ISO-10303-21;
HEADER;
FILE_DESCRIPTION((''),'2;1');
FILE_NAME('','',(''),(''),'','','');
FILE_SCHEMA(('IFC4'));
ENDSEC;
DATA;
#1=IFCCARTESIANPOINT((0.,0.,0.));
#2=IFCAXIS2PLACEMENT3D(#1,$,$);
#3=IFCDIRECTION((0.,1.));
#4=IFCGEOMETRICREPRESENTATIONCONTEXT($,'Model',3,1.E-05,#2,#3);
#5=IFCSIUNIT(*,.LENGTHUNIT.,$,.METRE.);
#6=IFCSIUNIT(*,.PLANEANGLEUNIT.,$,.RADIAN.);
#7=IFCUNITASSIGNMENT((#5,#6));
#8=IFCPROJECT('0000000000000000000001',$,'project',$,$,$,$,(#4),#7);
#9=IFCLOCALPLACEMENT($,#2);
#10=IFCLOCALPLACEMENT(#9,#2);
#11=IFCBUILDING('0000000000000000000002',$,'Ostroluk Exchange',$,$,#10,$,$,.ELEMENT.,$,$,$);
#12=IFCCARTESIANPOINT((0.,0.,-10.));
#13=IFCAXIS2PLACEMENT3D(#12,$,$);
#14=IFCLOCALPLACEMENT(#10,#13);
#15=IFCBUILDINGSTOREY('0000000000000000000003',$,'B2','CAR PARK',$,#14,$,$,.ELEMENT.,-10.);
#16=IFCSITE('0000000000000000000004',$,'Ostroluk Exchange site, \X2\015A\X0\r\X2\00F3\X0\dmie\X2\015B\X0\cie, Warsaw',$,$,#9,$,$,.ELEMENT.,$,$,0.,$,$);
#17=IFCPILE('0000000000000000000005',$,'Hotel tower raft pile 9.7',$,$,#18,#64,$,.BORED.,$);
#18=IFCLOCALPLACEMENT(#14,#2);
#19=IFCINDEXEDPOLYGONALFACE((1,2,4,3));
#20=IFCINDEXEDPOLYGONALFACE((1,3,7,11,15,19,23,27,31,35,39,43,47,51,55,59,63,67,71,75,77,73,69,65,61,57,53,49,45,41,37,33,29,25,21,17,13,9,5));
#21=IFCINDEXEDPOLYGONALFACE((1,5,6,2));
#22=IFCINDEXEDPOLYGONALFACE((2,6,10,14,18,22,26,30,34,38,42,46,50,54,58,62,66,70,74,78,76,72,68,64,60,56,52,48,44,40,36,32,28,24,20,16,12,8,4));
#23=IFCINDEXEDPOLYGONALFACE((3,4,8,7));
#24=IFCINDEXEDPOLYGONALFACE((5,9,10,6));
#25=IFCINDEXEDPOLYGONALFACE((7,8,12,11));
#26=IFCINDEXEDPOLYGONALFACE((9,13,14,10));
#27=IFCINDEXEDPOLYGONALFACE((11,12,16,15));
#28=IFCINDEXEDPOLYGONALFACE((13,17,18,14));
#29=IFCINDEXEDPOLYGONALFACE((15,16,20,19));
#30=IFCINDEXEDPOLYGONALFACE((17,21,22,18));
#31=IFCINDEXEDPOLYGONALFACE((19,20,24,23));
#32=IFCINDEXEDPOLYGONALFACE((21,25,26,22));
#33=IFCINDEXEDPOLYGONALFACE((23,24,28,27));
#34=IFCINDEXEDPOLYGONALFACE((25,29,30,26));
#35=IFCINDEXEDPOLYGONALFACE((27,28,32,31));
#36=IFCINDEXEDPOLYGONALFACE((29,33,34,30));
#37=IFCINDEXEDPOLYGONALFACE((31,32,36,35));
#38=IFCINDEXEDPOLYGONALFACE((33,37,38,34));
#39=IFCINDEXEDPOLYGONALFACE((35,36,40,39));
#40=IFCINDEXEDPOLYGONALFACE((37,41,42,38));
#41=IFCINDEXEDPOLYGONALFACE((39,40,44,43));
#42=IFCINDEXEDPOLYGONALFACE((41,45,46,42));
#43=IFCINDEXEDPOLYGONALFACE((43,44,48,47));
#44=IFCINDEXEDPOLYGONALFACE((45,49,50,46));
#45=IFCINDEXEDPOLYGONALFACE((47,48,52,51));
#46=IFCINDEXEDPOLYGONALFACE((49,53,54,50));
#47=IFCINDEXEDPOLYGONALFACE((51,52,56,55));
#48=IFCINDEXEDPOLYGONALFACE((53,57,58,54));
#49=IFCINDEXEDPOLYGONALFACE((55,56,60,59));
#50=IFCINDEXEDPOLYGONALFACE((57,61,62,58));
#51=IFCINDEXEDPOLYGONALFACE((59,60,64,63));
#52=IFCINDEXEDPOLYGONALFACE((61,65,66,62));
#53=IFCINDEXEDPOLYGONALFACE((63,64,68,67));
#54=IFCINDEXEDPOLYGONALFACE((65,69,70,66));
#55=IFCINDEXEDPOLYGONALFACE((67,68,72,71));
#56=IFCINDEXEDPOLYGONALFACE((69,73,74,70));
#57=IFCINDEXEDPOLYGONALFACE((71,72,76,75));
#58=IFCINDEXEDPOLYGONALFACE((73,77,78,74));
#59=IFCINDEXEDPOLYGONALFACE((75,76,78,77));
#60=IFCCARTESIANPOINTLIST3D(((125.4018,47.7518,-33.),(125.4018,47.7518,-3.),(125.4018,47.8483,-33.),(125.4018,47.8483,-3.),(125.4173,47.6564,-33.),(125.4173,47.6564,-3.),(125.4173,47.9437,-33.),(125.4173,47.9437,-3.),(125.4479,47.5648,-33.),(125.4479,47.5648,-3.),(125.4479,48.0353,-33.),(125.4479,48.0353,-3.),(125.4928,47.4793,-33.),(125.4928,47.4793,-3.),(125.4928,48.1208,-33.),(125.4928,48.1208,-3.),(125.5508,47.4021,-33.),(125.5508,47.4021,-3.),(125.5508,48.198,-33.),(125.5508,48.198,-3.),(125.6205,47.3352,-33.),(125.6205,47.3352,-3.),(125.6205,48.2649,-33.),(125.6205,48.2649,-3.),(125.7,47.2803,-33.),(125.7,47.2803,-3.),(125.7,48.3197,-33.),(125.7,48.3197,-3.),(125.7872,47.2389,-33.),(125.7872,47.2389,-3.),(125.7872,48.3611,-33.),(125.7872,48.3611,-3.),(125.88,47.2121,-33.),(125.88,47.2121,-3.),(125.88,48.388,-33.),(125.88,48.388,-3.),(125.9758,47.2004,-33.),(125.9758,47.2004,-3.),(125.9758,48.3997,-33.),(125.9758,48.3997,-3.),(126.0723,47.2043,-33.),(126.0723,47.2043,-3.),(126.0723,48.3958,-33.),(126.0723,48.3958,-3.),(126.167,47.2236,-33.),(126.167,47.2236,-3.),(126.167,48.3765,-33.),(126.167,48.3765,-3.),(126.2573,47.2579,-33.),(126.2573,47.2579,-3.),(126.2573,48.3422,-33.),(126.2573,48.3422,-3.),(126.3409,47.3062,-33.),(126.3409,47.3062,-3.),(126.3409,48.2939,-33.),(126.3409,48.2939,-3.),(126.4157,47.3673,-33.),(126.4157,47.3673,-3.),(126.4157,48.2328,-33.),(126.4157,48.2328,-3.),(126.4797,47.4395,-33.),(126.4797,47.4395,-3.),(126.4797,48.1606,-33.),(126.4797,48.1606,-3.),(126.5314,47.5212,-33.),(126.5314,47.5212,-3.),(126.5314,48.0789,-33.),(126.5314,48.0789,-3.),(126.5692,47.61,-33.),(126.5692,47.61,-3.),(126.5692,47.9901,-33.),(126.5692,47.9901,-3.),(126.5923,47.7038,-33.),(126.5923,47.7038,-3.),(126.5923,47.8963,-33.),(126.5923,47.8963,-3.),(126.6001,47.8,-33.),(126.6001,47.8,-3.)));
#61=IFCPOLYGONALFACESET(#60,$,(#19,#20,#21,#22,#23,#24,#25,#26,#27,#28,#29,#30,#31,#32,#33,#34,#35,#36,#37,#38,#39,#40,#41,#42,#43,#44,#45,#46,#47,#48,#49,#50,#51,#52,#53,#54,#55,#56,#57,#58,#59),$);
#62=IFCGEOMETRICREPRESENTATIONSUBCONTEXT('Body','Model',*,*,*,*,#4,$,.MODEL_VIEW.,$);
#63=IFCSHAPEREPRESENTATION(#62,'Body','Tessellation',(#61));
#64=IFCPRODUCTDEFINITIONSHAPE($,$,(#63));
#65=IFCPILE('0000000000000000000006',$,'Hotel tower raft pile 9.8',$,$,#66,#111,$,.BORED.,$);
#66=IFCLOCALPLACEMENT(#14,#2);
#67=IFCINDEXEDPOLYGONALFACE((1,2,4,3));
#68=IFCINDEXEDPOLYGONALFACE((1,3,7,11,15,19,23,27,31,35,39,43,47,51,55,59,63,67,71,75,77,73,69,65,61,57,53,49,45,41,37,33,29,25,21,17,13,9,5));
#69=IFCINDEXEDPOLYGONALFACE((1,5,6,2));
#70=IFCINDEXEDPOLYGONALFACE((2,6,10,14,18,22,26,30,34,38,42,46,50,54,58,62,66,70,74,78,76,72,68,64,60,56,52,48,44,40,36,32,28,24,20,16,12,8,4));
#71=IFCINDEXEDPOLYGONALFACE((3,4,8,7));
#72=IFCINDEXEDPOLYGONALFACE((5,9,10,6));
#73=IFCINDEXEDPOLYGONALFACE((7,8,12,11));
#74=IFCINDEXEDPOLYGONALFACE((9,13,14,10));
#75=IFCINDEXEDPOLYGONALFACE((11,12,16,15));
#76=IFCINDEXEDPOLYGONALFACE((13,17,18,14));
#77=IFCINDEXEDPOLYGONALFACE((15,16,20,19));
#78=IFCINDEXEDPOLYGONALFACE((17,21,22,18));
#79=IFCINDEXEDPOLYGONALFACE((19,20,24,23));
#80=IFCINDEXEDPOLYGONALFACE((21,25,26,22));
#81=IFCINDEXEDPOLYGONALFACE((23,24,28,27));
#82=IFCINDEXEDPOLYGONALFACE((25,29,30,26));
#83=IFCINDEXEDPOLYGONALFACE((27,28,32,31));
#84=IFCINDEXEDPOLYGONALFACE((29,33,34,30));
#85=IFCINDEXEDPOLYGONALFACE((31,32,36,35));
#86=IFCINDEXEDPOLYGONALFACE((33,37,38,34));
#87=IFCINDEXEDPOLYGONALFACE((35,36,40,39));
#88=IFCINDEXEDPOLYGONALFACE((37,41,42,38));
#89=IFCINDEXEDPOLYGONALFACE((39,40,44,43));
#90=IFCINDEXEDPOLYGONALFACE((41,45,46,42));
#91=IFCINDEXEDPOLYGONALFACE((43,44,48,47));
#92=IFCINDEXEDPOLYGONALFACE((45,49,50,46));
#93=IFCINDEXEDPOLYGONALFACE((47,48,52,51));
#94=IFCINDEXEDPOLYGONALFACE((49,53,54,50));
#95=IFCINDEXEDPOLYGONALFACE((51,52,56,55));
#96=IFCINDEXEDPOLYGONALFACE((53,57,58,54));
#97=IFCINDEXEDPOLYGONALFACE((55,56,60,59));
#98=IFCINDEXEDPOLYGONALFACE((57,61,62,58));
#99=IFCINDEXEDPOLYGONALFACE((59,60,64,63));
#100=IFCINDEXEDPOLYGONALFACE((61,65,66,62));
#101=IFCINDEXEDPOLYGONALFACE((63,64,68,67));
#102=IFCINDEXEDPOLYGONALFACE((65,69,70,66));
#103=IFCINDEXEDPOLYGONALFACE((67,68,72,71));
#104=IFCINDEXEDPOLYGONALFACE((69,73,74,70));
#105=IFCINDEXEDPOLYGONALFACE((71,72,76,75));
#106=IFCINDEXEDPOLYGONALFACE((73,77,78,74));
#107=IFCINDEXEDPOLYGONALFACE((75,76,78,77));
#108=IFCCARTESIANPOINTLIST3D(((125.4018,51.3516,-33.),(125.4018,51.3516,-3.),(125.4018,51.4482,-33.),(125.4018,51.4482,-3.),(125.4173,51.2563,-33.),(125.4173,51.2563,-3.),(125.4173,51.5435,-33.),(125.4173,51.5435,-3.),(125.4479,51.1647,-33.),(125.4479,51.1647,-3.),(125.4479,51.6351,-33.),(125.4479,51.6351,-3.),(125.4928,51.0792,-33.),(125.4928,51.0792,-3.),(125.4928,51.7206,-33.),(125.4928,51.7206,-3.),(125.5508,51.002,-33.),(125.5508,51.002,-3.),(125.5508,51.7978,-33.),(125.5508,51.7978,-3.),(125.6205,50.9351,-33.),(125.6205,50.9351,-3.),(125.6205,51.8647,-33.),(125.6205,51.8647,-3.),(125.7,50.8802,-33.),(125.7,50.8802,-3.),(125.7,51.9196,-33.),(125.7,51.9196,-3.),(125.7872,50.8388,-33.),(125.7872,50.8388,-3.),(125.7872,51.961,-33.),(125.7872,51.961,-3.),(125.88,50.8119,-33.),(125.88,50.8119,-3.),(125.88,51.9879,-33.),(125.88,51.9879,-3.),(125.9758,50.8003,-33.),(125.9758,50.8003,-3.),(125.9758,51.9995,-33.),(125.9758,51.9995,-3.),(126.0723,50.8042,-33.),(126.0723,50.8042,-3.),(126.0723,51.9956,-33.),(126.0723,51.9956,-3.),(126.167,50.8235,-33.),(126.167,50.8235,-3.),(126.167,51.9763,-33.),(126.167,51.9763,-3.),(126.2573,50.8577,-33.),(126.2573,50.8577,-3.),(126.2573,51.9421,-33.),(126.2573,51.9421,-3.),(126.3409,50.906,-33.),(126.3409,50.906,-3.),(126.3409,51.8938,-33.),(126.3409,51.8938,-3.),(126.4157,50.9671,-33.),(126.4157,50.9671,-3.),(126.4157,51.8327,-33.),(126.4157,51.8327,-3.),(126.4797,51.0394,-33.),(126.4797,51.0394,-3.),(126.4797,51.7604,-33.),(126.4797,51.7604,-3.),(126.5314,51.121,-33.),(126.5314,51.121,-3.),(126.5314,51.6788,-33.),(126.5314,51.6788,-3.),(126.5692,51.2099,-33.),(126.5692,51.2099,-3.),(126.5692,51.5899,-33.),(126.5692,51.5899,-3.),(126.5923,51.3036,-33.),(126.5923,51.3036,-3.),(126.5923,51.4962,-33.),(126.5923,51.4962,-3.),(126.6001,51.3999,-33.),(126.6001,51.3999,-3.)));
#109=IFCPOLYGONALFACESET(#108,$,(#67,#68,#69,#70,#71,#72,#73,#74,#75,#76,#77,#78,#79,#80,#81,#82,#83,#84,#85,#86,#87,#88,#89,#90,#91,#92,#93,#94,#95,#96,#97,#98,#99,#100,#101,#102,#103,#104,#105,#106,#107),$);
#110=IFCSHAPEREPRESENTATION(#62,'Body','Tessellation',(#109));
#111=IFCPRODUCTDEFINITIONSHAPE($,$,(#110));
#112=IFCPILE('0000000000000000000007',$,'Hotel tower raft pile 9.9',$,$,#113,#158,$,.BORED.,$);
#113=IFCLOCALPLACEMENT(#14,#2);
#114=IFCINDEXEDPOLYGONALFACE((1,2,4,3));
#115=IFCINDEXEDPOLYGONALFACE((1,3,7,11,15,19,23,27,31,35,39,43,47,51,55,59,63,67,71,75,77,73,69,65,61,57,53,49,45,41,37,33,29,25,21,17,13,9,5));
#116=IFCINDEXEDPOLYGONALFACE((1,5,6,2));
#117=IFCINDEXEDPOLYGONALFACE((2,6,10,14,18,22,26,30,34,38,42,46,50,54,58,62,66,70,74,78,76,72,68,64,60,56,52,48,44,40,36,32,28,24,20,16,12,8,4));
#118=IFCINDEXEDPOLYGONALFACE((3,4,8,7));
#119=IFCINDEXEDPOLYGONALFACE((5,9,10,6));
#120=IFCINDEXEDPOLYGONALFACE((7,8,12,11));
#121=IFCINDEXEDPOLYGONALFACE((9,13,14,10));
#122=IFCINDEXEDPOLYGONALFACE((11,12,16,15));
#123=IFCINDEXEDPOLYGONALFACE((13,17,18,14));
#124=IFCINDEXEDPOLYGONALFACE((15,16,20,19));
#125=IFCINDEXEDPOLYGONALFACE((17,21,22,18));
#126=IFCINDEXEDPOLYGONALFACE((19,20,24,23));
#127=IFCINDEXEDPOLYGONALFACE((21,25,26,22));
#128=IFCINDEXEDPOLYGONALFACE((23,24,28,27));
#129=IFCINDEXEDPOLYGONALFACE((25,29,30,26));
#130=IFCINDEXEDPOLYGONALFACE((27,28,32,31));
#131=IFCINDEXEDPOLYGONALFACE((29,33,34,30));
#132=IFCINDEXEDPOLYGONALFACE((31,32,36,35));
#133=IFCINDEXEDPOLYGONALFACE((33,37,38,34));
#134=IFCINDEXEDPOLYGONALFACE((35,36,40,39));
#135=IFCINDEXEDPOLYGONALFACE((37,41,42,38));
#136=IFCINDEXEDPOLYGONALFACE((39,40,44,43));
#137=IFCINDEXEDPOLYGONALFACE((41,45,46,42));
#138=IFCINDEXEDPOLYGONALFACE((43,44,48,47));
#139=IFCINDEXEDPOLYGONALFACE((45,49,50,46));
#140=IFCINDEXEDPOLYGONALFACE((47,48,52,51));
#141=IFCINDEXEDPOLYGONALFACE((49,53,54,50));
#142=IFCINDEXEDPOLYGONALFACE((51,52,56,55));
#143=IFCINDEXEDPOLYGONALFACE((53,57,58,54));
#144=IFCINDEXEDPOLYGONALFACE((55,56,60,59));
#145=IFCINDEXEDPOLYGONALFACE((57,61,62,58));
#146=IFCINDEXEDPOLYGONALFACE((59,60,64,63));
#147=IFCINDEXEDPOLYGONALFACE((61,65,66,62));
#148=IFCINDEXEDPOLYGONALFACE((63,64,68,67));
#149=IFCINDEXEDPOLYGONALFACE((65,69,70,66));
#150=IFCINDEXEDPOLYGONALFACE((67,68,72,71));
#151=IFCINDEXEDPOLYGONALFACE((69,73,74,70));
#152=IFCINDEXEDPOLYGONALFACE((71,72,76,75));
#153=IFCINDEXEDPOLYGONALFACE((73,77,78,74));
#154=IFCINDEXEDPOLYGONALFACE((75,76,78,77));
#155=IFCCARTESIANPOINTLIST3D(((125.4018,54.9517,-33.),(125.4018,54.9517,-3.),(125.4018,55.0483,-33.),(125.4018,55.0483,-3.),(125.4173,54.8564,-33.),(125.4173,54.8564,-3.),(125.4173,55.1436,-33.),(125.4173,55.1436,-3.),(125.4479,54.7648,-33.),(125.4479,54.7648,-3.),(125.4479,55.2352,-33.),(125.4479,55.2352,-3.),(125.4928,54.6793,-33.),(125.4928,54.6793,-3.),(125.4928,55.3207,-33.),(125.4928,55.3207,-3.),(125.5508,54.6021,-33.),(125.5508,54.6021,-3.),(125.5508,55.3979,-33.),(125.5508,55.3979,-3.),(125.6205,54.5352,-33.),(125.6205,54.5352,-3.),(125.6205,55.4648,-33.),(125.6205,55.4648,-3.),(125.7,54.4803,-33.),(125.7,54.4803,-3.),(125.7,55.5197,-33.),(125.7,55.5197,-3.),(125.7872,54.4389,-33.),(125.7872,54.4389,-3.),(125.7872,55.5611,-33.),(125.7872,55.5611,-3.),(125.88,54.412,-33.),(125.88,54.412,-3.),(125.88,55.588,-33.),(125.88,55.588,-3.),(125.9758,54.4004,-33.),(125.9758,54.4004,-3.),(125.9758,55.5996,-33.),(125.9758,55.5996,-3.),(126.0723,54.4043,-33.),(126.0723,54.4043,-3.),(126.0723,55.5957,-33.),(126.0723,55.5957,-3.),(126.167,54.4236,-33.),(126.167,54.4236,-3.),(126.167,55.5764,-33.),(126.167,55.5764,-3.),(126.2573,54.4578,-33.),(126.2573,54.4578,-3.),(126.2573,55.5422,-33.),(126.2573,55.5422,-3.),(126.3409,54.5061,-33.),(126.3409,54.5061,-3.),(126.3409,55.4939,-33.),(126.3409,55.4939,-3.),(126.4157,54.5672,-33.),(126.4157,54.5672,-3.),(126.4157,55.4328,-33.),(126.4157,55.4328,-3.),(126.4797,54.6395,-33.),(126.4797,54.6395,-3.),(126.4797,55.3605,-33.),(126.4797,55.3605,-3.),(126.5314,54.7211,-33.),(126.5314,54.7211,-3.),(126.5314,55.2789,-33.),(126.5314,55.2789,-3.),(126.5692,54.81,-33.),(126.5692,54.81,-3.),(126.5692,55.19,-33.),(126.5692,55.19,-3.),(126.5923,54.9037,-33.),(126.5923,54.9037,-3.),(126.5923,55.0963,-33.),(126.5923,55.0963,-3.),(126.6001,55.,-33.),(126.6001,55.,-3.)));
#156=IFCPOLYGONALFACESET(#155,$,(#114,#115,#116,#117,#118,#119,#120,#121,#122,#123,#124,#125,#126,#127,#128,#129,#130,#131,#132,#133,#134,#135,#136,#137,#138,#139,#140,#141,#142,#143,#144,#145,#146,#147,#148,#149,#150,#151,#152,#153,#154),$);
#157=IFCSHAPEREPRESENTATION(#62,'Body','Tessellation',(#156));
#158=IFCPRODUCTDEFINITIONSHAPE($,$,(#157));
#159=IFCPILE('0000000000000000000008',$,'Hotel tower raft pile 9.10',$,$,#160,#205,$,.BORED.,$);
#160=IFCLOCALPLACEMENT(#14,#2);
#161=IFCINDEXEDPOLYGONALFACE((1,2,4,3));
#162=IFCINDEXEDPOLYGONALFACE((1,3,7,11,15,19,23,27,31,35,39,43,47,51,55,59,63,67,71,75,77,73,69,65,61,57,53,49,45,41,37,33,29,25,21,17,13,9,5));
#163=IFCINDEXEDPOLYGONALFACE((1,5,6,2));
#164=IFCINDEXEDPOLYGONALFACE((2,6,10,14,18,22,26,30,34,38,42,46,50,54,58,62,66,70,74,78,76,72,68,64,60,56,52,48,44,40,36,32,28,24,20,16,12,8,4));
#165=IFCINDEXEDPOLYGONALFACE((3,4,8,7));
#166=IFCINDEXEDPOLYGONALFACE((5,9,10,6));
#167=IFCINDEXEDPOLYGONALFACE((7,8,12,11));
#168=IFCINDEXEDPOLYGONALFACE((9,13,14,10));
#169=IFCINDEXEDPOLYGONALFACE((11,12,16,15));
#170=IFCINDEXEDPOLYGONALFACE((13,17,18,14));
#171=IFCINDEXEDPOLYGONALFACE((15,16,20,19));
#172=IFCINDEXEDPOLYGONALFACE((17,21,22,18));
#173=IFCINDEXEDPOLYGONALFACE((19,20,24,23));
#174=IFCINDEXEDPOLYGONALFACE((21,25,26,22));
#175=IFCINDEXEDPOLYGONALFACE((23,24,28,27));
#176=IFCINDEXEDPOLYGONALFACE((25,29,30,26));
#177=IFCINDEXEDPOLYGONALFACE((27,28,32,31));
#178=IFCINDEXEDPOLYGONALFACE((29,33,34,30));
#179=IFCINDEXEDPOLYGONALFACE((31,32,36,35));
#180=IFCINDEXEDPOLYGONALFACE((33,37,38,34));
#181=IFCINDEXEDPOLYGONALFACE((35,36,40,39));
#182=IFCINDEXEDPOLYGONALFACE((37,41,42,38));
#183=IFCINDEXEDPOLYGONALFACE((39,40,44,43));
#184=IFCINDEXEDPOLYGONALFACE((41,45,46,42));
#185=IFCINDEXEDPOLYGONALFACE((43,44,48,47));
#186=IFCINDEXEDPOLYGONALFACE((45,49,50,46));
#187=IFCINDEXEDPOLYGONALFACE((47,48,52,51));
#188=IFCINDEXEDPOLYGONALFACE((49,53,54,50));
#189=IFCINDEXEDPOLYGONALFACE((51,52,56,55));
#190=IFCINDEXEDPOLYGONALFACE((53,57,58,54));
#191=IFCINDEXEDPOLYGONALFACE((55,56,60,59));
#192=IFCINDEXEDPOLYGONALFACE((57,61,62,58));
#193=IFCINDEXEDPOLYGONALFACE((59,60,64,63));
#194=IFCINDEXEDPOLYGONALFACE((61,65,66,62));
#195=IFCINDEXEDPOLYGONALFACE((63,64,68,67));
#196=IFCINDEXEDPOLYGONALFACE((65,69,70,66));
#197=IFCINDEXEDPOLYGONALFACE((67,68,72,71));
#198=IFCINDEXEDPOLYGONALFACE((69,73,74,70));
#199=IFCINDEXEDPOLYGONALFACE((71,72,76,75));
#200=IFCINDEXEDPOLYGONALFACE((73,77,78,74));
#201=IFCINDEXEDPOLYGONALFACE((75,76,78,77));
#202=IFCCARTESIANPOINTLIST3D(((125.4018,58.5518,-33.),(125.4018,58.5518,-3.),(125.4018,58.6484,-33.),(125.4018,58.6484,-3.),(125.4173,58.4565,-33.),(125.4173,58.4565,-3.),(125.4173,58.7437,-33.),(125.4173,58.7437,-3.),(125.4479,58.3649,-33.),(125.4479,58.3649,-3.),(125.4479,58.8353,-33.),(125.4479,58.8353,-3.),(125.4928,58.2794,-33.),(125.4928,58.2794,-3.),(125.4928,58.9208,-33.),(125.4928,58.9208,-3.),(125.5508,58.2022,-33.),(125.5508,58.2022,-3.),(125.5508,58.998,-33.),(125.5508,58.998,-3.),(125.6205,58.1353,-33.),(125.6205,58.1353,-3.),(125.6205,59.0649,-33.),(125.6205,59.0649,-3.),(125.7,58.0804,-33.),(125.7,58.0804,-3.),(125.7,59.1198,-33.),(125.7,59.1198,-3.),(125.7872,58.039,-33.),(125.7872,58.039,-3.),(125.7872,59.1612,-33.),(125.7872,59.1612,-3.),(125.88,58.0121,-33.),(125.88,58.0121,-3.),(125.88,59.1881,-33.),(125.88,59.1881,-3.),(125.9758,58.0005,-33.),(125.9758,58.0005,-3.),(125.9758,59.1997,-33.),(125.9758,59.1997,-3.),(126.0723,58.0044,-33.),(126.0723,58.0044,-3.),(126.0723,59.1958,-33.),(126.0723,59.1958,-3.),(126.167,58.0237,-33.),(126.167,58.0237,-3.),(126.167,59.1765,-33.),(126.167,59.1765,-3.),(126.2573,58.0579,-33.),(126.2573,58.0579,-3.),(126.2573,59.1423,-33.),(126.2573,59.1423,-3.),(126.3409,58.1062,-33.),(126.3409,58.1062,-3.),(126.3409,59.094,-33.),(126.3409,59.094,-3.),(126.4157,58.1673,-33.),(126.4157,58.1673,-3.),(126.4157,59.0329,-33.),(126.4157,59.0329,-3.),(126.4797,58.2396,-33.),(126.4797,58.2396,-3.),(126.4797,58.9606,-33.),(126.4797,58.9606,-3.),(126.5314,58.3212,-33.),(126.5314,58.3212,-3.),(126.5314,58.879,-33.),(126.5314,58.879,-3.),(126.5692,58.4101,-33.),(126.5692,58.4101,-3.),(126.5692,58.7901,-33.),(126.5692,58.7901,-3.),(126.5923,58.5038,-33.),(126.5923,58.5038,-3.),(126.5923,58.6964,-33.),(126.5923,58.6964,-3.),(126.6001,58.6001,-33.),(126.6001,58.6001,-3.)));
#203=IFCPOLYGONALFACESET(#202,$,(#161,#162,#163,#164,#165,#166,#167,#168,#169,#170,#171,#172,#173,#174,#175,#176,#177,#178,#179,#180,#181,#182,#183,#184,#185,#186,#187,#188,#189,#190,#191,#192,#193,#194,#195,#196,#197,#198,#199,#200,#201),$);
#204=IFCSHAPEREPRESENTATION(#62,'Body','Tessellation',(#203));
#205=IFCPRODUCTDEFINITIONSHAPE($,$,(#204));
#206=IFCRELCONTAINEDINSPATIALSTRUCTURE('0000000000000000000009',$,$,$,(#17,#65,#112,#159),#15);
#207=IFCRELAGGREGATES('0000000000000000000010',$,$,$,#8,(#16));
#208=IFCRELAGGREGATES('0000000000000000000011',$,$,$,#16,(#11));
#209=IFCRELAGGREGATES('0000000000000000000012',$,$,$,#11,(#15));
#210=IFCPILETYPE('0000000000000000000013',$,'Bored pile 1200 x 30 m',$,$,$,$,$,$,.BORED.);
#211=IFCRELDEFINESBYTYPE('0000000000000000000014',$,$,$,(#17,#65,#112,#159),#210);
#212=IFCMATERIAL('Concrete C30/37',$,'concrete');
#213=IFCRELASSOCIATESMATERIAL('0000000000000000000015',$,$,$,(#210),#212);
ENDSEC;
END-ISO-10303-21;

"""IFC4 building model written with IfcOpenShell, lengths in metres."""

from ifc_helpers import new_model, si_unit, direction, frame, origin, origin_2d, place, context, subcontext, project, spatial, circle, extrude, material, type_object, element, save


model = new_model("IFC4")

# Units and contexts
model_context = context("Model", 3, precision=1e-05, world=origin(), true_north=direction((0.0, 1.0)))
body_context = subcontext(model_context, "Body", "Model", "MODEL_VIEW")
ifc_project = project(units=[si_unit("LENGTHUNIT", "METRE"), si_unit("PLANEANGLEUNIT", "RADIAN")], contexts=[model_context])

# Site, building, storey
site_placement = place(None, origin())
site = spatial("IfcSite", under=ifc_project, at=site_placement, Name="Ostroluk Exchange site, Śródmieście, Warsaw", CompositionType="ELEMENT", RefElevation=0.0)
building_placement = place(site_placement, origin())
building = spatial("IfcBuilding", under=site, at=building_placement, Name="Ostroluk Exchange", CompositionType="ELEMENT")
storey_placement = place(building_placement, frame((0.0, 0.0, -10.0)))
storey = spatial("IfcBuildingStorey", under=building, at=storey_placement, Name="B2", Description="CAR PARK", CompositionType="ELEMENT", Elevation=-10.0)

# Piles
ifc_material_1 = material(Name="Concrete C30/37", Category="concrete")
pile_type_1 = type_object("IfcPileType", Name="Bored pile 1200 x 30 m", PredefinedType="BORED", material=ifc_material_1)
for number, where, z_axis, x_axis, name in (
    (1, (126.0, 47.8, -3.0), (0.0, 0.0, -1.0), (1.0, 0.0, 0.0), "Hotel tower raft pile 9.7"),
    (2, (126.0, 51.3999, -3.0), (0.0, 0.0, -1.0), (1.0, 0.0, 0.0), "Hotel tower raft pile 9.8"),
    (3, (126.0, 55.0, -3.0), (0.0, 0.0, -1.0), (1.0, 0.0, 0.0), "Hotel tower raft pile 9.9"),
    (4, (126.0, 58.6001, -3.0), (0.0, 0.0, -1.0), (1.0, 0.0, 0.0), "Hotel tower raft pile 9.10"),
):
    element("IfcPile", number, at=place(storey_placement, frame(where, z_axis=z_axis, x_axis=x_axis)), inside=storey, type_object=pile_type_1, Name=name, PredefinedType="BORED", context=body_context, shape_type="SweptSolid", body=[
        extrude(circle(Radius=0.6001, at=origin_2d()), origin(), (0.0, 0.0, 1.0), 30.0),
    ])

save(model, "model.ifc")
